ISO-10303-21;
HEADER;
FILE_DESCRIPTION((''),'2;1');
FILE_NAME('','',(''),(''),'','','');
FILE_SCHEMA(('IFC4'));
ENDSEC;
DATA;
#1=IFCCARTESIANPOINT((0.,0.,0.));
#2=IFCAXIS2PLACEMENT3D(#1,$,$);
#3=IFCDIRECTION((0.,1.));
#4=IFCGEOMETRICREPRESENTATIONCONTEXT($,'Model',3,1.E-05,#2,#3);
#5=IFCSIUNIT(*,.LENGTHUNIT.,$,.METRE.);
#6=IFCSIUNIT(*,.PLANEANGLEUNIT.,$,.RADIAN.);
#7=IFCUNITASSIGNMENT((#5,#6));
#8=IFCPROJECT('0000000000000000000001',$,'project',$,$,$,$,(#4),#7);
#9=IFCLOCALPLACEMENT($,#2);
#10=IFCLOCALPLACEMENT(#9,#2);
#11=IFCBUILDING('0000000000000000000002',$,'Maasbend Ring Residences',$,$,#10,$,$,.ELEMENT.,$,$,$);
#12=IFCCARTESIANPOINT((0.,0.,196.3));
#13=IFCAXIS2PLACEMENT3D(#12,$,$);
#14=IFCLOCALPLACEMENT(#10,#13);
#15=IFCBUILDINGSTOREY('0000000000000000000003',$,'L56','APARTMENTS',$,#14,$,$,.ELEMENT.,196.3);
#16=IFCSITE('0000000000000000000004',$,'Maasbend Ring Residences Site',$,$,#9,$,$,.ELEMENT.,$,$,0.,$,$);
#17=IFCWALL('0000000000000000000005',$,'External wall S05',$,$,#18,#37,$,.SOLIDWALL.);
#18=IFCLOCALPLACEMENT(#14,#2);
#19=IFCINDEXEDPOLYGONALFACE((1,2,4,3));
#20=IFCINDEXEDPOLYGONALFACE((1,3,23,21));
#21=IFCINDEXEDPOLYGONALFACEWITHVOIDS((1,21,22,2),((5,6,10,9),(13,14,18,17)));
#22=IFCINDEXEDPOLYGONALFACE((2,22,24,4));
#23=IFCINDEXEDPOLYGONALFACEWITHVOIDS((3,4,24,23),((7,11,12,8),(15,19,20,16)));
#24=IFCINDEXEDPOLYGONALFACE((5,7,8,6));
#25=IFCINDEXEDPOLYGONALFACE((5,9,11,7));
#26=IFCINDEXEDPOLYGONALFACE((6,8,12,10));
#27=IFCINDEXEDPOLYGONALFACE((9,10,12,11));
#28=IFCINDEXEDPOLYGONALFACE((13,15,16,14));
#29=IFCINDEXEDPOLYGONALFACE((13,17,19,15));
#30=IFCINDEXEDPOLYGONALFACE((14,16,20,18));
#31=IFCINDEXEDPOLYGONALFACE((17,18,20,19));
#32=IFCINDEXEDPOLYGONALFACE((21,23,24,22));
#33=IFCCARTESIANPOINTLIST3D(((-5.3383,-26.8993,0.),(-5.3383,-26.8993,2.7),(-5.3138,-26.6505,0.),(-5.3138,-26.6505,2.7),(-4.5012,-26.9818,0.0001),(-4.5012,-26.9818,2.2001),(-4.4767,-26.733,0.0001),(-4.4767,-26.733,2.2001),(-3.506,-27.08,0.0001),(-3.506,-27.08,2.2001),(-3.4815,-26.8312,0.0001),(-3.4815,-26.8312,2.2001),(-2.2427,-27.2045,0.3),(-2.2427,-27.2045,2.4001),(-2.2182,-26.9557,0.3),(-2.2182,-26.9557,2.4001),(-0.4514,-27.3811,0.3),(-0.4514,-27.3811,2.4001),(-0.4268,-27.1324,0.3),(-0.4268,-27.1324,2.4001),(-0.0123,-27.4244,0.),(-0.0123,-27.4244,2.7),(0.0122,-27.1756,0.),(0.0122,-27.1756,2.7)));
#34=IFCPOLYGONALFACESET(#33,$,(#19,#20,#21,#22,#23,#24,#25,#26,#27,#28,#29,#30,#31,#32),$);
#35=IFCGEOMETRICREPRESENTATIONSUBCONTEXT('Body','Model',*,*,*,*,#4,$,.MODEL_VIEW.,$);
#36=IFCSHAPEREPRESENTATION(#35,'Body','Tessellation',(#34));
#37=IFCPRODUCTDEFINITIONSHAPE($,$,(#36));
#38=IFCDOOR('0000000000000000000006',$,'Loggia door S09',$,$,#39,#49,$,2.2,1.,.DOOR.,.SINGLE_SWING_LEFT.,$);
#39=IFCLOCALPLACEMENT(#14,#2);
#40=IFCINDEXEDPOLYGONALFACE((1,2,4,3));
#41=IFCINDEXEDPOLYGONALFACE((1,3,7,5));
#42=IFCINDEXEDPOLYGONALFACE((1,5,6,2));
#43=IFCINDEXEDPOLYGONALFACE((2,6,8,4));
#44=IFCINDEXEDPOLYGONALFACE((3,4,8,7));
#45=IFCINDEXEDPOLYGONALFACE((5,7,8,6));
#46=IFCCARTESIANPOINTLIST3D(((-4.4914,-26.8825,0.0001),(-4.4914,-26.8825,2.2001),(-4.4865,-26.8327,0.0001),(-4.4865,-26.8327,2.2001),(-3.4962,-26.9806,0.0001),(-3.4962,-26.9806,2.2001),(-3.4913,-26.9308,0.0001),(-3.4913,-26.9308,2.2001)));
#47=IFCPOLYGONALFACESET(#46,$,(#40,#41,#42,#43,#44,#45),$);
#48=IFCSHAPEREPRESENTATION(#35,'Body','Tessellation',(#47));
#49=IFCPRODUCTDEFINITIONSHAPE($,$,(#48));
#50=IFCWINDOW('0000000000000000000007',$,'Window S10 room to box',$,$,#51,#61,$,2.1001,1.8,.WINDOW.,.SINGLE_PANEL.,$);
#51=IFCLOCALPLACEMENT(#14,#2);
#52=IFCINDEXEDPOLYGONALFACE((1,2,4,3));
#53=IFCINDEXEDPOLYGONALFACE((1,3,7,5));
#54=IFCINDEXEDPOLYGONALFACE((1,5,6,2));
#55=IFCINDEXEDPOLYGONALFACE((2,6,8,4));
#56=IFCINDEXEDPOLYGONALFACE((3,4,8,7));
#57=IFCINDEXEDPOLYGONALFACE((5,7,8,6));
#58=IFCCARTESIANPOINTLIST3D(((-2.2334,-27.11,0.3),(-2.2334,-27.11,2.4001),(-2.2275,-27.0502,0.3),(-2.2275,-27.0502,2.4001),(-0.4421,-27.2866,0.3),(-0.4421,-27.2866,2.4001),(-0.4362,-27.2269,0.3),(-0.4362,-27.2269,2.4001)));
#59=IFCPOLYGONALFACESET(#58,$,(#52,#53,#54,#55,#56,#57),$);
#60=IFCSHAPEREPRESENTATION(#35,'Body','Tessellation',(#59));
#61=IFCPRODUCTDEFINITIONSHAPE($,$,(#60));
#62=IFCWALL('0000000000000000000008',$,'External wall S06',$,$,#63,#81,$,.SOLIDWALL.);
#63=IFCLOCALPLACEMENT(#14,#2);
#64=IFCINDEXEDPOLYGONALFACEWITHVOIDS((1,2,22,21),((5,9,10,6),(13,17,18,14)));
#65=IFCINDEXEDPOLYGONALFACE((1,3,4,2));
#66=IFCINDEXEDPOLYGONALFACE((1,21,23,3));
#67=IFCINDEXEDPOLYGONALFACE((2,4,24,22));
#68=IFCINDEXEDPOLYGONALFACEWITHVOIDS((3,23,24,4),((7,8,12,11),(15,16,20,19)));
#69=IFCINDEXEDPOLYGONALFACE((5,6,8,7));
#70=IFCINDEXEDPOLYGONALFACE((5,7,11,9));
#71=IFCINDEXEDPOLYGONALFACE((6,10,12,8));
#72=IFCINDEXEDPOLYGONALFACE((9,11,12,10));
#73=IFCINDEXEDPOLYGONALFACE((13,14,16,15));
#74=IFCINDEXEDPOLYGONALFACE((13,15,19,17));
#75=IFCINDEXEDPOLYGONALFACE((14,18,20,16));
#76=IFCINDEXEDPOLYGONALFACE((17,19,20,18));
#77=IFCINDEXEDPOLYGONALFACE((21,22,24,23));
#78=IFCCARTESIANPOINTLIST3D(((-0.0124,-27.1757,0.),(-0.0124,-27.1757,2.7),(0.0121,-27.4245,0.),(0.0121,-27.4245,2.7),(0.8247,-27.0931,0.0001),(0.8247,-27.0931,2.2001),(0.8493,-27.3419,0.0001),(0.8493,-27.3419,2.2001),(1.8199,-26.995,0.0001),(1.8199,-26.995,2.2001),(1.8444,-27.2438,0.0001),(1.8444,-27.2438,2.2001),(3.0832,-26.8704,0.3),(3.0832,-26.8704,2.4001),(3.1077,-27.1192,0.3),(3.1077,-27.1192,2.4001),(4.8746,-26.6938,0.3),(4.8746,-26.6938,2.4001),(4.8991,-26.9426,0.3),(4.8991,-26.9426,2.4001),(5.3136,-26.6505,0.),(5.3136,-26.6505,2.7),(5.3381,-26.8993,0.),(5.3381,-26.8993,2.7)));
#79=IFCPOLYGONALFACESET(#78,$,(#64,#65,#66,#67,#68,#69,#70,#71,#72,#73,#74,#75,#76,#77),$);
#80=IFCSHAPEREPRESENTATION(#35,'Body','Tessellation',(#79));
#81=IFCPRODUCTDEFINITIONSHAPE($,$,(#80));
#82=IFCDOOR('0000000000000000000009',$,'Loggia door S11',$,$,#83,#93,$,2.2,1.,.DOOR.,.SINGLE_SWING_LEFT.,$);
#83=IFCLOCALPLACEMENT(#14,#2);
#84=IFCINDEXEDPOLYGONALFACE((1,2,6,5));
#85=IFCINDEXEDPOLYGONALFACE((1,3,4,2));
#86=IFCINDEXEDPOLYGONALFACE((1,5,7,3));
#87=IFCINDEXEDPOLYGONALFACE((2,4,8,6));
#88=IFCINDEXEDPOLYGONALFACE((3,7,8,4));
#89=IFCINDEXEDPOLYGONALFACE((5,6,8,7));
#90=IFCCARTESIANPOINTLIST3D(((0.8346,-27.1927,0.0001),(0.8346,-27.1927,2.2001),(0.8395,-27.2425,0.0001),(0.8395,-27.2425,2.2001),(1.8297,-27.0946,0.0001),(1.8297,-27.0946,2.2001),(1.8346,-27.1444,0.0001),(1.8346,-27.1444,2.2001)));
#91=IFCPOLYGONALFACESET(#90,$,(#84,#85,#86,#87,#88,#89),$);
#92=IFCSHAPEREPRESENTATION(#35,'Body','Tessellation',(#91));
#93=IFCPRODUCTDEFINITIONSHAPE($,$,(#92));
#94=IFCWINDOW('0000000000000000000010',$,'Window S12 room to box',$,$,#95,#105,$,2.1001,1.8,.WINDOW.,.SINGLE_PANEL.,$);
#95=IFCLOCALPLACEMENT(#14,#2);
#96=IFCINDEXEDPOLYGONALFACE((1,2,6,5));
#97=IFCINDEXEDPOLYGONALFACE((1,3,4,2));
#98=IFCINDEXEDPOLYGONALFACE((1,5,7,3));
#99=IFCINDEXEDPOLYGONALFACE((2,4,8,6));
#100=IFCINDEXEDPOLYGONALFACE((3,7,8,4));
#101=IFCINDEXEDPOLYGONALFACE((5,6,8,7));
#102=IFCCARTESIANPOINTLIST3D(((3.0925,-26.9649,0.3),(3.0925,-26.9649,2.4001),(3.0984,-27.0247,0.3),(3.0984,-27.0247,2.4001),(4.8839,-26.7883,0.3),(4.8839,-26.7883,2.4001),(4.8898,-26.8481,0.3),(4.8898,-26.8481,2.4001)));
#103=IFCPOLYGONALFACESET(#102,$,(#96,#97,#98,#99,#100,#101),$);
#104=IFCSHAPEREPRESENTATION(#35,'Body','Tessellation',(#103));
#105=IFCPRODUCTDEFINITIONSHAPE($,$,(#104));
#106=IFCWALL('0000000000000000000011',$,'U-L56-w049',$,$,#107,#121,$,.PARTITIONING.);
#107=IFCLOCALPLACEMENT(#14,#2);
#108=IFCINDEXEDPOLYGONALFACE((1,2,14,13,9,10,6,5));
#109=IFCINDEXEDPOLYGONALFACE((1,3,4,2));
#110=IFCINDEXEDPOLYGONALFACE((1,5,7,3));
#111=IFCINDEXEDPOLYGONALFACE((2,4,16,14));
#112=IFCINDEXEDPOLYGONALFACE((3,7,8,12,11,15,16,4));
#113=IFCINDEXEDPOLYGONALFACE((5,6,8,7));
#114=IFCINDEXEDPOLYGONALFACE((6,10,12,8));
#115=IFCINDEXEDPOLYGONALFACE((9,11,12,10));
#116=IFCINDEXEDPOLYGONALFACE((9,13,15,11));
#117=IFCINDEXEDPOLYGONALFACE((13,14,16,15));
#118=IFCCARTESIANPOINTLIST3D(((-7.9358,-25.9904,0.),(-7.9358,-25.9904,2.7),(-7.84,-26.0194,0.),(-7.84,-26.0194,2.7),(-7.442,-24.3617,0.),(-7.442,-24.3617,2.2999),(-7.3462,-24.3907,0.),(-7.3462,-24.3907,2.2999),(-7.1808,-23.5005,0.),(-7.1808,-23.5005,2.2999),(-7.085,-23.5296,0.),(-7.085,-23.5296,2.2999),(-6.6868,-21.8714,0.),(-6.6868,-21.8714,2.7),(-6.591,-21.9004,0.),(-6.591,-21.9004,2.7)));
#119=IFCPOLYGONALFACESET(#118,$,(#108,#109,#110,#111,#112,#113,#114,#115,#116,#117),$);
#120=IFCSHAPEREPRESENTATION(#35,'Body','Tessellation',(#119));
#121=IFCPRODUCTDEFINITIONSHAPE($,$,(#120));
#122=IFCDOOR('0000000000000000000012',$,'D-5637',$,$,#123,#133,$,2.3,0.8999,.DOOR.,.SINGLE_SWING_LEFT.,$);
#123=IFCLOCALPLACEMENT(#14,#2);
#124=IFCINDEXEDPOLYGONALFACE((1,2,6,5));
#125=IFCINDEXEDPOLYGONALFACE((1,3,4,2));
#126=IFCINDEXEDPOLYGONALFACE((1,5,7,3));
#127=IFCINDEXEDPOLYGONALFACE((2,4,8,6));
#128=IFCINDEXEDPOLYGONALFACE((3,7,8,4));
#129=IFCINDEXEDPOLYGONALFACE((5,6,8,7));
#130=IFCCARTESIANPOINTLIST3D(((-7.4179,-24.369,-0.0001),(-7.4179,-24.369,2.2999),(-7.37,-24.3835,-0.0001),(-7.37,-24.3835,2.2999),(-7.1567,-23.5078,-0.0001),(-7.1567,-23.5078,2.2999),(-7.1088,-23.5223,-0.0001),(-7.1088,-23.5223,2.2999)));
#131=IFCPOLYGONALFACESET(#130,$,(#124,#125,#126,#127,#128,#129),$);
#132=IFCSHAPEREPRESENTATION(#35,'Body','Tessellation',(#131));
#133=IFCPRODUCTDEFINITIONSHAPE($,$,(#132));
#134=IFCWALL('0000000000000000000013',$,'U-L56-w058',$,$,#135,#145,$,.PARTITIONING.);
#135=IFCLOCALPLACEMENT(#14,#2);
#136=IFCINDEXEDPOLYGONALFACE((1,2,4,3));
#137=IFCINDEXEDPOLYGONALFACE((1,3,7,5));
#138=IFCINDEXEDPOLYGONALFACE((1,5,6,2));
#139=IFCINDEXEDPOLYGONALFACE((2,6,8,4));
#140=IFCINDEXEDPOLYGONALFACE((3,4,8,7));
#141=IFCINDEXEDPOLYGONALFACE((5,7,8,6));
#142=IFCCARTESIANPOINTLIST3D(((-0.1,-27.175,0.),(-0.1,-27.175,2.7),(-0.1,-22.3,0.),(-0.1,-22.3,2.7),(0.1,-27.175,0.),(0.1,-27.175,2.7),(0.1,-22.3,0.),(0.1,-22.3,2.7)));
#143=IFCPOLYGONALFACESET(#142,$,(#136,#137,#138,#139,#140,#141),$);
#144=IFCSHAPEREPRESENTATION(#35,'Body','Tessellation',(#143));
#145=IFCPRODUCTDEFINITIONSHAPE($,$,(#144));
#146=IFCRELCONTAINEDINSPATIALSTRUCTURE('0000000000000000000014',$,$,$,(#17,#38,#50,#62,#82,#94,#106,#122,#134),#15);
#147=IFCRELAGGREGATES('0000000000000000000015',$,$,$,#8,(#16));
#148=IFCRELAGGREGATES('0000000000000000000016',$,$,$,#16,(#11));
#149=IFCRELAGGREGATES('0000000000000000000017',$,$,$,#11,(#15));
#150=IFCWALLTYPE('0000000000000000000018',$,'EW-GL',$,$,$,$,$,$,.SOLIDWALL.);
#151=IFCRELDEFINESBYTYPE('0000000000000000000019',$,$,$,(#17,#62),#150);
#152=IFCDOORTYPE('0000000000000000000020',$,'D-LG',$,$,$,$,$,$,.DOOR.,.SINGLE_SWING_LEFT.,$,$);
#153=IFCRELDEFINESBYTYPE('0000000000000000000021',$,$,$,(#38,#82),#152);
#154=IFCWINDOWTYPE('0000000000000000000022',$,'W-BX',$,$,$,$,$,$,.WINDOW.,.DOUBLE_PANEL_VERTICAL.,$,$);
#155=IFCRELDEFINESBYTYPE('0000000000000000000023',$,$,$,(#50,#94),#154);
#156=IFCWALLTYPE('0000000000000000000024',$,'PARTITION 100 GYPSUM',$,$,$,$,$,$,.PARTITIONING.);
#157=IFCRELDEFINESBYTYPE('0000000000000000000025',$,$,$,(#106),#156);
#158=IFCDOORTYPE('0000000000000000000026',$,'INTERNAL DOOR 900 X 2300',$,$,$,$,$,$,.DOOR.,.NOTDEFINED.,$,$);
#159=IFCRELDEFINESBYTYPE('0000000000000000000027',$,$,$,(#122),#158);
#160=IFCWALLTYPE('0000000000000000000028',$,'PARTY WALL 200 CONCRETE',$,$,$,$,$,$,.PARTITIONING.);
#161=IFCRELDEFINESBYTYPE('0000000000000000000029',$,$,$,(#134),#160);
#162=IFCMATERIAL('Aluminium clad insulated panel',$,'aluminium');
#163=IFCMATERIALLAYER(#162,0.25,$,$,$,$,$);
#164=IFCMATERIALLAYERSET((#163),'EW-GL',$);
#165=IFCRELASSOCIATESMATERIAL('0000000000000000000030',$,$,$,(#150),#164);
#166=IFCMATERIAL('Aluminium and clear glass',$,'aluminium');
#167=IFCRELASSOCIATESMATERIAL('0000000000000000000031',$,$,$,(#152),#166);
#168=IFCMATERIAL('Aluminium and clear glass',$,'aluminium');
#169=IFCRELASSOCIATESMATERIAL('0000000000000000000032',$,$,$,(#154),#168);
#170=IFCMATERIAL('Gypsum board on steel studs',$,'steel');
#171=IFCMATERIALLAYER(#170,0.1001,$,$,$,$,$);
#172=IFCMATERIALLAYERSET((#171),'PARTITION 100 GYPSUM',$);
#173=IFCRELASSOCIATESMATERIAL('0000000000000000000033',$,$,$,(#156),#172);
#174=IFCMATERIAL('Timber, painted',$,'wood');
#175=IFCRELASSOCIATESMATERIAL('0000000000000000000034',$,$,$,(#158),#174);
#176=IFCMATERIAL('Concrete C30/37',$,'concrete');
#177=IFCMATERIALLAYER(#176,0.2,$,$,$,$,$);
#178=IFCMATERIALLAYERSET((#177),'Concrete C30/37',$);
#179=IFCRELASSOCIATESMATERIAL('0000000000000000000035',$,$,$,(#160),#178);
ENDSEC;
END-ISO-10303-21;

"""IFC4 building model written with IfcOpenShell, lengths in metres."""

from ifc_helpers import new_model, si_unit, direction, frame, frame_2d, origin, place, context, subcontext, project, spatial, rectangle, extrude, material, layer, layer_set, type_object, element, fill, save


model = new_model("IFC4")

# Units and contexts
model_context = context("Model", 3, precision=1e-05, world=origin(), true_north=direction((0.0, 1.0)))
body_context = subcontext(model_context, "Body", "Model", "MODEL_VIEW")
ifc_project = project(units=[si_unit("LENGTHUNIT", "METRE"), si_unit("PLANEANGLEUNIT", "RADIAN")], contexts=[model_context])

# Site, building, storey
site_placement = place(None, origin())
site = spatial("IfcSite", under=ifc_project, at=site_placement, Name="Maasbend Ring Residences Site", CompositionType="ELEMENT", RefElevation=0.0)
building_placement = place(site_placement, origin())
building = spatial("IfcBuilding", under=site, at=building_placement, Name="Maasbend Ring Residences", CompositionType="ELEMENT")
storey_placement = place(building_placement, frame((0.0, 0.0, 196.3)))
storey = spatial("IfcBuildingStorey", under=building, at=storey_placement, Name="L56", Description="APARTMENTS", CompositionType="ELEMENT", Elevation=196.3)

# Walls, openings, doors, windows
ifc_material_1 = material(Name="Aluminium clad insulated panel", Category="aluminium")
ifc_layer_1 = layer(ifc_material_1, 0.25)
ifc_layer_set_1 = layer_set([ifc_layer_1], Name="EW-GL")
wall_type_1 = type_object("IfcWallType", Name="EW-GL", PredefinedType="SOLIDWALL", material=ifc_layer_set_1)
wall_1_placement = place(storey_placement, frame((-5.3259, -26.7749, 0.0), z_axis=(0.0, 0.0, 1.0), x_axis=(0.995174, -0.098126, 0.0)))
wall_1 = element("IfcWall", 1, at=wall_1_placement, inside=storey, type_object=wall_type_1, Name="External wall S05", PredefinedType="SOLIDWALL", context=body_context, shape_type="SweptSolid", body=[
    extrude(rectangle(XDim=5.3518, YDim=0.25, at=frame_2d((2.6758, 0.0))), origin(), (0.0, 0.0, 1.0), 2.7),
])
opening_1_placement = place(wall_1_placement, frame((0.8411, 0.0, 0.0)))
opening_1 = element("IfcOpeningElement", 2, at=opening_1_placement, cuts=wall_1, PredefinedType="OPENING", context=body_context, shape_type="SweptSolid", body=[
    extrude(rectangle(XDim=1.0, YDim=2.2, at=frame_2d((0.5, 1.1001))), frame((0.0, 0.135, 0.0), z_axis=(0.0, -1.0, 0.0), x_axis=(1.0, 0.0, 0.0)), (0.0, 0.0, 1.0), 0.27),
])
opening_2_placement = place(wall_1_placement, frame((3.1106, 0.0, 0.3)))
opening_2 = element("IfcOpeningElement", 3, at=opening_2_placement, cuts=wall_1, PredefinedType="OPENING", context=body_context, shape_type="SweptSolid", body=[
    extrude(rectangle(XDim=1.8, YDim=2.1001, at=frame_2d((0.8999, 1.05))), frame((0.0, 0.135, 0.0), z_axis=(0.0, -1.0, 0.0), x_axis=(1.0, 0.0, 0.0)), (0.0, 0.0, 1.0), 0.27),
])
ifc_material_2 = material(Name="Aluminium and clear glass", Category="aluminium")
door_type_1 = type_object("IfcDoorType", Name="D-LG", OperationType="SINGLE_SWING_LEFT", PredefinedType="DOOR", material=ifc_material_2)
door_1_placement = place(opening_1_placement, origin())
door_1 = element("IfcDoor", 4, at=door_1_placement, inside=storey, type_object=door_type_1, Name="Loggia door S09", OperationType="SINGLE_SWING_LEFT", OverallHeight=2.2, OverallWidth=1.0, PredefinedType="DOOR", context=body_context, shape_type="SweptSolid", body=[
    extrude(rectangle(XDim=1.0, YDim=2.2, at=frame_2d((0.5, 1.1001))), frame((0.0, 0.0249, 0.0), z_axis=(0.0, -1.0, 0.0), x_axis=(1.0, 0.0, 0.0)), (0.0, 0.0, 1.0), 0.05),
])
fill(opening_1, door_1)
ifc_material_3 = material(Name="Aluminium and clear glass", Category="aluminium")
window_type_1 = type_object("IfcWindowType", Name="W-BX", PartitioningType="DOUBLE_PANEL_VERTICAL", PredefinedType="WINDOW", material=ifc_material_3)
window_1_placement = place(opening_2_placement, origin())
window_1 = element("IfcWindow", 5, at=window_1_placement, inside=storey, type_object=window_type_1, Name="Window S10 room to box", OverallHeight=2.1001, OverallWidth=1.8, PartitioningType="SINGLE_PANEL", PredefinedType="WINDOW", context=body_context, shape_type="SweptSolid", body=[
    extrude(rectangle(XDim=1.8, YDim=2.1001, at=frame_2d((0.8999, 1.05))), frame((0.0, 0.03, 0.0), z_axis=(0.0, -1.0, 0.0), x_axis=(1.0, 0.0, 0.0)), (0.0, 0.0, 1.0), 0.0601),
])
fill(opening_2, window_1)
wall_2_placement = place(storey_placement, frame((0.0, -27.3, 0.0), z_axis=(0.0, 0.0, 1.0), x_axis=(0.995174, 0.098126, 0.0)))
wall_2 = element("IfcWall", 6, at=wall_2_placement, inside=storey, type_object=wall_type_1, Name="External wall S06", PredefinedType="SOLIDWALL", context=body_context, shape_type="SweptSolid", body=[
    extrude(rectangle(XDim=5.3518, YDim=0.25, at=frame_2d((2.6758, 0.0))), origin(), (0.0, 0.0, 1.0), 2.7),
])
opening_3_placement = place(wall_2_placement, frame((0.8411, 0.0, 0.0)))
opening_3 = element("IfcOpeningElement", 7, at=opening_3_placement, cuts=wall_2, PredefinedType="OPENING", context=body_context, shape_type="SweptSolid", body=[
    extrude(rectangle(XDim=1.0, YDim=2.2, at=frame_2d((0.5, 1.1001))), frame((0.0, 0.135, 0.0), z_axis=(0.0, -1.0, 0.0), x_axis=(1.0, 0.0, 0.0)), (0.0, 0.0, 1.0), 0.27),
])
opening_4_placement = place(wall_2_placement, frame((3.1106, 0.0, 0.3)))
opening_4 = element("IfcOpeningElement", 8, at=opening_4_placement, cuts=wall_2, PredefinedType="OPENING", context=body_context, shape_type="SweptSolid", body=[
    extrude(rectangle(XDim=1.8, YDim=2.1001, at=frame_2d((0.8999, 1.05))), frame((0.0, 0.135, 0.0), z_axis=(0.0, -1.0, 0.0), x_axis=(1.0, 0.0, 0.0)), (0.0, 0.0, 1.0), 0.27),
])
door_2_placement = place(opening_3_placement, origin())
door_2 = element("IfcDoor", 9, at=door_2_placement, inside=storey, type_object=door_type_1, Name="Loggia door S11", OperationType="SINGLE_SWING_LEFT", OverallHeight=2.2, OverallWidth=1.0, PredefinedType="DOOR", context=body_context, shape_type="SweptSolid", body=[
    extrude(rectangle(XDim=1.0, YDim=2.2, at=frame_2d((0.5, 1.1001))), frame((0.0, 0.0249, 0.0), z_axis=(0.0, -1.0, 0.0), x_axis=(1.0, 0.0, 0.0)), (0.0, 0.0, 1.0), 0.05),
])
fill(opening_3, door_2)
window_2_placement = place(opening_4_placement, origin())
window_2 = element("IfcWindow", 10, at=window_2_placement, inside=storey, type_object=window_type_1, Name="Window S12 room to box", OverallHeight=2.1001, OverallWidth=1.8, PartitioningType="SINGLE_PANEL", PredefinedType="WINDOW", context=body_context, shape_type="SweptSolid", body=[
    extrude(rectangle(XDim=1.8, YDim=2.1001, at=frame_2d((0.8999, 1.05))), frame((0.0, 0.03, 0.0), z_axis=(0.0, -1.0, 0.0), x_axis=(1.0, 0.0, 0.0)), (0.0, 0.0, 1.0), 0.0601),
])
fill(opening_4, window_2)

# Wall, opening, door
ifc_material_4 = material(Name="Gypsum board on steel studs", Category="steel")
ifc_layer_2 = layer(ifc_material_4, 0.1001)
ifc_layer_set_2 = layer_set([ifc_layer_2], Name="PARTITION 100 GYPSUM")
wall_type_2 = type_object("IfcWallType", Name="PARTITION 100 GYPSUM", PredefinedType="PARTITIONING", material=ifc_layer_set_2)
wall_3_placement = place(storey_placement, frame((-7.8879, -26.0049, 0.0), z_axis=(0.0, 0.0, 1.0), x_axis=(0.290193, 0.956968, 0.0)))
wall_3 = element("IfcWall", 11, at=wall_3_placement, inside=storey, type_object=wall_type_2, Name="U-L56-w049", PredefinedType="PARTITIONING", context=body_context, shape_type="SweptSolid", body=[
    extrude(rectangle(XDim=4.3042, YDim=0.1001, at=frame_2d((2.1521, 0.0))), origin(), (0.0, 0.0, 1.0), 2.7),
])
opening_5_placement = place(wall_3_placement, frame((1.7019, 0.0, 0.0)))
opening_5 = element("IfcOpeningElement", 12, at=opening_5_placement, cuts=wall_3, PredefinedType="OPENING", context=body_context, shape_type="SweptSolid", body=[
    extrude(rectangle(XDim=0.8999, YDim=2.3, at=frame_2d((0.45, 1.1499))), frame((0.0, 0.0601, 0.0), z_axis=(0.0, -1.0, 0.0), x_axis=(1.0, 0.0, 0.0)), (0.0, 0.0, 1.0), 0.1201),
])
ifc_material_5 = material(Name="Timber, painted", Category="wood")
door_type_2 = type_object("IfcDoorType", Name="INTERNAL DOOR 900 X 2300", OperationType="NOTDEFINED", PredefinedType="DOOR", material=ifc_material_5)
door_3_placement = place(opening_5_placement, origin())
door_3 = element("IfcDoor", 13, at=door_3_placement, inside=storey, type_object=door_type_2, Name="D-5637", OperationType="SINGLE_SWING_LEFT", OverallHeight=2.3, OverallWidth=0.8999, PredefinedType="DOOR", context=body_context, shape_type="SweptSolid", body=[
    extrude(rectangle(XDim=0.8999, YDim=2.3, at=frame_2d((0.45, 1.1499))), frame((0.0, 0.0249, 0.0), z_axis=(0.0, -1.0, 0.0), x_axis=(1.0, 0.0, 0.0)), (0.0, 0.0, 1.0), 0.05),
])
fill(opening_5, door_3)

# Wall
ifc_material_6 = material(Name="Concrete C30/37", Category="concrete")
ifc_layer_3 = layer(ifc_material_6, 0.2)
ifc_layer_set_3 = layer_set([ifc_layer_3], Name="Concrete C30/37")
wall_type_3 = type_object("IfcWallType", Name="PARTY WALL 200 CONCRETE", PredefinedType="PARTITIONING", material=ifc_layer_set_3)
wall_4_placement = place(storey_placement, frame((0.0, -27.175, 0.0), z_axis=(0.0, 0.0, 1.0), x_axis=(0.0, 1.0, 0.0)))
element("IfcWall", 14, at=wall_4_placement, inside=storey, type_object=wall_type_3, Name="U-L56-w058", PredefinedType="PARTITIONING", context=body_context, shape_type="SweptSolid", body=[
    extrude(rectangle(XDim=4.875, YDim=0.2, at=frame_2d((2.4375, 0.0))), origin(), (0.0, 0.0, 1.0), 2.7),
])

save(model, "model.ifc")
